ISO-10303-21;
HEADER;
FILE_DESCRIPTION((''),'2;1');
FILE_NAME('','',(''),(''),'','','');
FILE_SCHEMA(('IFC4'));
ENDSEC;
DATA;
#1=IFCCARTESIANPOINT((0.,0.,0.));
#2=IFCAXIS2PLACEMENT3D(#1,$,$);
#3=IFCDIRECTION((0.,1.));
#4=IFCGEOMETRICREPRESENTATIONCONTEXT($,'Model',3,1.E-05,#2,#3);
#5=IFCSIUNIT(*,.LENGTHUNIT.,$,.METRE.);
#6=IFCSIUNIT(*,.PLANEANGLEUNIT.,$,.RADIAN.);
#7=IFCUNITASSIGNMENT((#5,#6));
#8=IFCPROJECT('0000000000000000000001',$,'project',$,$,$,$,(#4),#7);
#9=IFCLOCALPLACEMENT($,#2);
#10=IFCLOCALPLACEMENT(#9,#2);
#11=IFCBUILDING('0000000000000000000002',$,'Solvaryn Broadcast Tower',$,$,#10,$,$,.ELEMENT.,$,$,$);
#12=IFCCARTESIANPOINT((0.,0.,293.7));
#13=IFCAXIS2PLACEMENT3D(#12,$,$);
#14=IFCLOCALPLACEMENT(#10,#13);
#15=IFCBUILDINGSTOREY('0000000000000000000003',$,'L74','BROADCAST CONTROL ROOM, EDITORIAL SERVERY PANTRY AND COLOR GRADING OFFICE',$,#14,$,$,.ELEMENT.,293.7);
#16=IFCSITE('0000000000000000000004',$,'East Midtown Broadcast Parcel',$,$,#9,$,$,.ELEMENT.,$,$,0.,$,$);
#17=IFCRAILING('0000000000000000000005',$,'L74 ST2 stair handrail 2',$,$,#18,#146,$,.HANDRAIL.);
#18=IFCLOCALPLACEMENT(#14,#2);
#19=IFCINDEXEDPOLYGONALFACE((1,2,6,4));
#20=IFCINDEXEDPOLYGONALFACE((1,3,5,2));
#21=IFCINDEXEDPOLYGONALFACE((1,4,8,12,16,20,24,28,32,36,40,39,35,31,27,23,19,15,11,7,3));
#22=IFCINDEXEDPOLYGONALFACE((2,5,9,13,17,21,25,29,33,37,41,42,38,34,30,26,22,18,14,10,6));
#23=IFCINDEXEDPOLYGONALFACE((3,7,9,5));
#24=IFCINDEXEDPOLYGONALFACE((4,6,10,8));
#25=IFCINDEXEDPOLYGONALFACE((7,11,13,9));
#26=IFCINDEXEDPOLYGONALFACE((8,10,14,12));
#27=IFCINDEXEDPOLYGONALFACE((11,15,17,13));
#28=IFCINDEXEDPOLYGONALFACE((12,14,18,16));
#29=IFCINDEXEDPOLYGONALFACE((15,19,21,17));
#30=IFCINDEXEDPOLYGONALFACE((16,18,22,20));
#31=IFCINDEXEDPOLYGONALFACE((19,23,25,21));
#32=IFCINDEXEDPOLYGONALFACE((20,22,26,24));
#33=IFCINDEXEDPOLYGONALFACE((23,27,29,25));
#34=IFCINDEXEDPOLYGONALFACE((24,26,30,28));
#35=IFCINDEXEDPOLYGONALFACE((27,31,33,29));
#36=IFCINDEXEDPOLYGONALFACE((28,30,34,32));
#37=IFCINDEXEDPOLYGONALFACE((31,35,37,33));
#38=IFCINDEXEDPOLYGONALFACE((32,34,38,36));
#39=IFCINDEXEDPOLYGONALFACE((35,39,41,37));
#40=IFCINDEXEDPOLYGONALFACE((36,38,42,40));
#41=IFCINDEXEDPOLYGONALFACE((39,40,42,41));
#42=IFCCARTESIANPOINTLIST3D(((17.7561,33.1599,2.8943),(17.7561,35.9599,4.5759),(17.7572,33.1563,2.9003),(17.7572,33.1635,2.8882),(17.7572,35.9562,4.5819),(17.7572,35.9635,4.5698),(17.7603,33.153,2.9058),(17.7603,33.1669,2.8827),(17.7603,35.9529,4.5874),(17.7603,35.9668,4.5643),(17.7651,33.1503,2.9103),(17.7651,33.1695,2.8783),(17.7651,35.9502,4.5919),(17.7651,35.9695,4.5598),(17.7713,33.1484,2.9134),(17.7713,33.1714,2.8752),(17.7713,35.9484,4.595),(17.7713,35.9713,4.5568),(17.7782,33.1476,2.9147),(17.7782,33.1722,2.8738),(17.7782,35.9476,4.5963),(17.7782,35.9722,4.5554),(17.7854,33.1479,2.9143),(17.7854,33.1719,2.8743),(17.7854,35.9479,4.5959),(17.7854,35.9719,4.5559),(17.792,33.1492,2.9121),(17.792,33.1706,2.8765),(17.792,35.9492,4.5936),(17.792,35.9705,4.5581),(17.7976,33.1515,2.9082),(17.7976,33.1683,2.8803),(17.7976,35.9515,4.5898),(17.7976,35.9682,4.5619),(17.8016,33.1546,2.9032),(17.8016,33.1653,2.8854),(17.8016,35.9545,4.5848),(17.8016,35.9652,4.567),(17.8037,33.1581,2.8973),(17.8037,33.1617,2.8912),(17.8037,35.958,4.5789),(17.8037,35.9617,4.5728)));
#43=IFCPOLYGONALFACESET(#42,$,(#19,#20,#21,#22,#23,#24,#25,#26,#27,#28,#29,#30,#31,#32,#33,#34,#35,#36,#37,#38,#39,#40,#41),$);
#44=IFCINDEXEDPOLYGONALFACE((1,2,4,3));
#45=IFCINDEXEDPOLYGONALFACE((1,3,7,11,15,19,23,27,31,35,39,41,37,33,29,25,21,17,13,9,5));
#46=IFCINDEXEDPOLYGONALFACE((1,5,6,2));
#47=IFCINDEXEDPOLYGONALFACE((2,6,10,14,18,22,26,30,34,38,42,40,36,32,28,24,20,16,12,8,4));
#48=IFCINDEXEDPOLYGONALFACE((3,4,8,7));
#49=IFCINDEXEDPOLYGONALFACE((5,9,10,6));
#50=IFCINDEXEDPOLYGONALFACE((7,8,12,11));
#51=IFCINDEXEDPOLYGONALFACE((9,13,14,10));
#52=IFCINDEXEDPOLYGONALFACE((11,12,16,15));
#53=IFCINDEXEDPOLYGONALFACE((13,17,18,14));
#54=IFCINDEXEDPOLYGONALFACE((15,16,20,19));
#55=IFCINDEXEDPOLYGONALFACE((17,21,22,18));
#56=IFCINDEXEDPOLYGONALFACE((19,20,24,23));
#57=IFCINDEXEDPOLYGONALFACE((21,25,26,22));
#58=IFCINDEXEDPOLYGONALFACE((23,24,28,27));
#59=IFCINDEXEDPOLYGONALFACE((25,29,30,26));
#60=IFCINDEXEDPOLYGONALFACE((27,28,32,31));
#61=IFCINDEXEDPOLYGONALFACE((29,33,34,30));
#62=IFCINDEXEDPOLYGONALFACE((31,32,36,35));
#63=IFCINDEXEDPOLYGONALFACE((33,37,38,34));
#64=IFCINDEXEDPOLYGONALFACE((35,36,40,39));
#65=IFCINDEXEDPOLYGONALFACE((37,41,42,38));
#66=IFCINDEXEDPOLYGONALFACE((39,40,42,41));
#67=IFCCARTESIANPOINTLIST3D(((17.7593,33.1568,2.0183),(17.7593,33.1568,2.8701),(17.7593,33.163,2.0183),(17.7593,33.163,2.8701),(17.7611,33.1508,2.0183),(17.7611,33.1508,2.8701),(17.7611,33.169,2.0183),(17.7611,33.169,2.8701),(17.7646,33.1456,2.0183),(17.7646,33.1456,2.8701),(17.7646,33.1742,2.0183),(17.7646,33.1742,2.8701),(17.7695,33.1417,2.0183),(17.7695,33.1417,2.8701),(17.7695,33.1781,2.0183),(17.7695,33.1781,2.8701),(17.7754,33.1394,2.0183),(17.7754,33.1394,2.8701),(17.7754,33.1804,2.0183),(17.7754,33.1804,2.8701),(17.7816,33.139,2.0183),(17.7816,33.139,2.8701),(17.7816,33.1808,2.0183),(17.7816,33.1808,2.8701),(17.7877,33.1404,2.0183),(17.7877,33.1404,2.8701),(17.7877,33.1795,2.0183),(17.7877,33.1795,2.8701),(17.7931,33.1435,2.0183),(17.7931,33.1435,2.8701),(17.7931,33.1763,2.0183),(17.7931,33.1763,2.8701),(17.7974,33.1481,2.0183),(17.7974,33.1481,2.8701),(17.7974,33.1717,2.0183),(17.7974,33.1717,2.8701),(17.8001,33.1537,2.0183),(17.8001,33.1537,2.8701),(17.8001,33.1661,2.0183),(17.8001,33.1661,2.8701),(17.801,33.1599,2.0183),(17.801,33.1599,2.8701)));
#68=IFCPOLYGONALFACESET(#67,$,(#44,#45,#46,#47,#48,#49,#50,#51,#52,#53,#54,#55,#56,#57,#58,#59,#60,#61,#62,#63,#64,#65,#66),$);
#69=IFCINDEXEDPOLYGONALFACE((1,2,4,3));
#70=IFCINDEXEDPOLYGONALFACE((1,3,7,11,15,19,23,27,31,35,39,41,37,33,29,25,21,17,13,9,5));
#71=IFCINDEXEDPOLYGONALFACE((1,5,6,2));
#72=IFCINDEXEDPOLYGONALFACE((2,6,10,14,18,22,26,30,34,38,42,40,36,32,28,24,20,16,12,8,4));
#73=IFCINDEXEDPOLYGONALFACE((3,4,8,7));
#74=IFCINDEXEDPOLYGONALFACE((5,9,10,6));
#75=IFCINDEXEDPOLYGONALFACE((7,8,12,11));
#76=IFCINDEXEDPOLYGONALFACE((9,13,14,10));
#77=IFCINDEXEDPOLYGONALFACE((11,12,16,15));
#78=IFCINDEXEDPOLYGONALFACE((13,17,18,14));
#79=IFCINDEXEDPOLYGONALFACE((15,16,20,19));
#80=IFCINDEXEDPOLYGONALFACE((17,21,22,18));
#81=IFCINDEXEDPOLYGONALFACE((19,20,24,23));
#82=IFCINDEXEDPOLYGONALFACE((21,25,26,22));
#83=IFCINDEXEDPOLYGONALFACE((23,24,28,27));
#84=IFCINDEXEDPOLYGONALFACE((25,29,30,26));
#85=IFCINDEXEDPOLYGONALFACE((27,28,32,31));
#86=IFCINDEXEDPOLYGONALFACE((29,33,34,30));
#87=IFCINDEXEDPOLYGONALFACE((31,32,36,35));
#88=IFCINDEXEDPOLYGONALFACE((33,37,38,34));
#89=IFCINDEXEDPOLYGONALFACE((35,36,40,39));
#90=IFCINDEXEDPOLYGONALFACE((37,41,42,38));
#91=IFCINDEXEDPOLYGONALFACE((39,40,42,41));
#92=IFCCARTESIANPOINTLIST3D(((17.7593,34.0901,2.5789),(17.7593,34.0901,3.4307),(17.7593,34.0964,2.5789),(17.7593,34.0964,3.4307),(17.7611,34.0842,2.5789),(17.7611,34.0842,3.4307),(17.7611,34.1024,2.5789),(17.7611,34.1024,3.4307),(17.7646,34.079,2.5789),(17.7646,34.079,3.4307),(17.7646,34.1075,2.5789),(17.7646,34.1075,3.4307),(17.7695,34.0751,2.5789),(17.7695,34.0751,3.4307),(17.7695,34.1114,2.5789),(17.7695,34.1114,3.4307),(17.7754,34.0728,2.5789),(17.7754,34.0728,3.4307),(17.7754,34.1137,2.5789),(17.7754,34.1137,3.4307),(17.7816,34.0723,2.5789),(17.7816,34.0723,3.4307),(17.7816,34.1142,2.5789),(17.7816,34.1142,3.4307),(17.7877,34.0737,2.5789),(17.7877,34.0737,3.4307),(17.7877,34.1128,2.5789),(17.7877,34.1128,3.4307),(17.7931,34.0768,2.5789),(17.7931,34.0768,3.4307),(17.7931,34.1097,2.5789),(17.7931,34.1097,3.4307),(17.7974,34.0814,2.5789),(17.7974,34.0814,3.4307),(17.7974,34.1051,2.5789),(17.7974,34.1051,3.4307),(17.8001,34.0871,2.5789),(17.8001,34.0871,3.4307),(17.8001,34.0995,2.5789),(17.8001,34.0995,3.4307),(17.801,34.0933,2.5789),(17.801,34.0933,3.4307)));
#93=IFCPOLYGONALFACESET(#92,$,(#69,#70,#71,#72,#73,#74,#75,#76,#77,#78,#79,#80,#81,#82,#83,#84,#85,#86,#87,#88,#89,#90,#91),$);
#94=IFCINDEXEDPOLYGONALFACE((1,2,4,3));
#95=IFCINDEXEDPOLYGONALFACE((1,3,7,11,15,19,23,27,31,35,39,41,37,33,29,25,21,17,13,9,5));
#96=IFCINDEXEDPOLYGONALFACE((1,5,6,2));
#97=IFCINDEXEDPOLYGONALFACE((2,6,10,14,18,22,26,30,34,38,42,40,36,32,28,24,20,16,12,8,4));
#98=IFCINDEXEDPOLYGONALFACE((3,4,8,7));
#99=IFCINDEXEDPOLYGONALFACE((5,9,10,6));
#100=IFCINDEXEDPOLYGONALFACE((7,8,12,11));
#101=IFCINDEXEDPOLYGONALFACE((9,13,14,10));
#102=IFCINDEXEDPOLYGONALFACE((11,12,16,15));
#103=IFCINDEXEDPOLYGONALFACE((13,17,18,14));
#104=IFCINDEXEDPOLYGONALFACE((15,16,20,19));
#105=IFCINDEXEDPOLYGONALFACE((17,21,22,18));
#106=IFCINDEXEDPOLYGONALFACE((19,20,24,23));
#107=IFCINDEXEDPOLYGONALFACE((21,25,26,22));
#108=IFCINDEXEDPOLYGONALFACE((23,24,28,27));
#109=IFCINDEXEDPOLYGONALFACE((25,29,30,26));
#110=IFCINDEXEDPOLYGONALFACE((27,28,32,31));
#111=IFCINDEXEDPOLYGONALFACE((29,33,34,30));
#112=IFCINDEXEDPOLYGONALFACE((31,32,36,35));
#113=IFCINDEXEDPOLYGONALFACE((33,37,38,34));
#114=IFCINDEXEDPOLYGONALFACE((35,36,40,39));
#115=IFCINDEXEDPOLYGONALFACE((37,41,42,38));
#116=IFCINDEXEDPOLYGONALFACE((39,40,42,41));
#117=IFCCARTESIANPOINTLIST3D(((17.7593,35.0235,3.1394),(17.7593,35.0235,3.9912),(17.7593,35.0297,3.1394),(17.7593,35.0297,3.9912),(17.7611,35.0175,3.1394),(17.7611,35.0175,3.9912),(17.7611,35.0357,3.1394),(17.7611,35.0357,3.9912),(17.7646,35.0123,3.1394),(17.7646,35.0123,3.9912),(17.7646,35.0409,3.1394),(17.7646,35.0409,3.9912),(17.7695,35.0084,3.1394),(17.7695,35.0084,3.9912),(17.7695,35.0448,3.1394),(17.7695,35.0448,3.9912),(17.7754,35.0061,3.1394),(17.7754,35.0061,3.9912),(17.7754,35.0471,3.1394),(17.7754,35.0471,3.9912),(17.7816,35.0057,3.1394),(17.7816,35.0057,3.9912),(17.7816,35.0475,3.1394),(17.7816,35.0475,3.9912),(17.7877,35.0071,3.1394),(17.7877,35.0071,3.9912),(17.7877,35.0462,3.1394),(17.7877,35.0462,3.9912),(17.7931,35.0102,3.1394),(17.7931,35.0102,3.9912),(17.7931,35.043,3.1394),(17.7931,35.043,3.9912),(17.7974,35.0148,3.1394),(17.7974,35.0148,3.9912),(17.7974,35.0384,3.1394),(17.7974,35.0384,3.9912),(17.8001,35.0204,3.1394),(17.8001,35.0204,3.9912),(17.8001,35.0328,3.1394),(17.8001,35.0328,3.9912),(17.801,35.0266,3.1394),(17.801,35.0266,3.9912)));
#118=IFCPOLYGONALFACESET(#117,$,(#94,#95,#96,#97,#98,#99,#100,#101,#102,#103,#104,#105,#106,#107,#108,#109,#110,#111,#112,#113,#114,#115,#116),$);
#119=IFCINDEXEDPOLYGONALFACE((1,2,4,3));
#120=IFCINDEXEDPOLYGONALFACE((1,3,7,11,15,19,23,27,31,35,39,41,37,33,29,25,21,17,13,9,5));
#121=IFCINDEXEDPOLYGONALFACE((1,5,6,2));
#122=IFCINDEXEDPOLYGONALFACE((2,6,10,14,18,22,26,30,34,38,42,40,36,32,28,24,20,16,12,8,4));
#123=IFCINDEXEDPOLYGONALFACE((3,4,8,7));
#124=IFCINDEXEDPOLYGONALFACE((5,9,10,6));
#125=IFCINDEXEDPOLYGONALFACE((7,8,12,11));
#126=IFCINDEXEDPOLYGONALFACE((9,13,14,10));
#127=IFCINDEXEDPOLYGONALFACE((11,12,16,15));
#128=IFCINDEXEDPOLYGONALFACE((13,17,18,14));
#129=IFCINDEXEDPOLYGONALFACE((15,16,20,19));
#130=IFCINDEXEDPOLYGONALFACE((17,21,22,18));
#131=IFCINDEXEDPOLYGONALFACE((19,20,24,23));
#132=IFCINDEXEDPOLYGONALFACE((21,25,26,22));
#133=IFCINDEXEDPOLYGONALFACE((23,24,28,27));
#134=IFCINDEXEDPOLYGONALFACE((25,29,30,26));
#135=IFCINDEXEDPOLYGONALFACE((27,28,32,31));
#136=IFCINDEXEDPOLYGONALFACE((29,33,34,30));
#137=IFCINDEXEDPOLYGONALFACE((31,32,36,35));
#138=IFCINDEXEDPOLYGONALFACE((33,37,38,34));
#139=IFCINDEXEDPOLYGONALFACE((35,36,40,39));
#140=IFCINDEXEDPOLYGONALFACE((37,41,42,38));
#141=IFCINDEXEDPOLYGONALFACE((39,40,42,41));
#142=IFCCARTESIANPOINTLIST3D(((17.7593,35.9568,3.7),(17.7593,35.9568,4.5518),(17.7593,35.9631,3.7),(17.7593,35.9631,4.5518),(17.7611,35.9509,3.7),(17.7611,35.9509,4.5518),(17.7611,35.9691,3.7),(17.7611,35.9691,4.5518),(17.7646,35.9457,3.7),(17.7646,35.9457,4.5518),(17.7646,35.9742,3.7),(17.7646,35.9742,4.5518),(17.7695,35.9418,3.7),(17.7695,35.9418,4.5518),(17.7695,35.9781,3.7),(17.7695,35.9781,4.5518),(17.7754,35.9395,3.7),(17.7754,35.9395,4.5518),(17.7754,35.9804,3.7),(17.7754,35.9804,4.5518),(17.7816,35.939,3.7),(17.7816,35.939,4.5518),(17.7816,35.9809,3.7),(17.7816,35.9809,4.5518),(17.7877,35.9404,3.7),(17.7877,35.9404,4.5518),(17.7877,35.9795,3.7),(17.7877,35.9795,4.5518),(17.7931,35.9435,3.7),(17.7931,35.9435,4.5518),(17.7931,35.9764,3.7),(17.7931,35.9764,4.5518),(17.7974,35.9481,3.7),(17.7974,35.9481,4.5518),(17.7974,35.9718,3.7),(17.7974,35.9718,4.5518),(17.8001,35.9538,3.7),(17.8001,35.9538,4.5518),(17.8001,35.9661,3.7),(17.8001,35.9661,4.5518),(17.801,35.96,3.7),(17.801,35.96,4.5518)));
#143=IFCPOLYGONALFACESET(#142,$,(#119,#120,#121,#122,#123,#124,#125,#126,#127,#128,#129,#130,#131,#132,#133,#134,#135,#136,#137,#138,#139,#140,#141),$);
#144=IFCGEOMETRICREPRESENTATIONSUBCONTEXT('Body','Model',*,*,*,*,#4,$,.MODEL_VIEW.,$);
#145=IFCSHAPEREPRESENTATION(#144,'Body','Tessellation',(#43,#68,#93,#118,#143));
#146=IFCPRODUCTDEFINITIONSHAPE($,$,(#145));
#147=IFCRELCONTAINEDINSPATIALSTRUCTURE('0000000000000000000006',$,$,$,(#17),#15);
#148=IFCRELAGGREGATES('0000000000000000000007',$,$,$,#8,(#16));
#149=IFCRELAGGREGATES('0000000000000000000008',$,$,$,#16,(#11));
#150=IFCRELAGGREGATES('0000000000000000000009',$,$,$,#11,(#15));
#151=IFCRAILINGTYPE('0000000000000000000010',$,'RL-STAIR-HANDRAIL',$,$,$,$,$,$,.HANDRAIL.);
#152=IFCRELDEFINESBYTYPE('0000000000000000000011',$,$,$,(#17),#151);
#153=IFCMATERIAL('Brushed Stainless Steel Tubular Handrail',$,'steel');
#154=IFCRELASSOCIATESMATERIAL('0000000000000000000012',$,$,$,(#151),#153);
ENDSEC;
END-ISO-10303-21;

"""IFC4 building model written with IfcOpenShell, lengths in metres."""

from ifc_helpers import new_model, si_unit, direction, frame, origin, origin_2d, place, context, subcontext, project, spatial, circle, extrude, material, type_object, element, save


model = new_model("IFC4")

# Units and contexts
model_context = context("Model", 3, precision=1e-05, world=origin(), true_north=direction((0.0, 1.0)))
body_context = subcontext(model_context, "Body", "Model", "MODEL_VIEW")
ifc_project = project(units=[si_unit("LENGTHUNIT", "METRE"), si_unit("PLANEANGLEUNIT", "RADIAN")], contexts=[model_context])

# Site, building, storey
site_placement = place(None, origin())
site = spatial("IfcSite", under=ifc_project, at=site_placement, Name="East Midtown Broadcast Parcel", CompositionType="ELEMENT", RefElevation=0.0)
building_placement = place(site_placement, origin())
building = spatial("IfcBuilding", under=site, at=building_placement, Name="Solvaryn Broadcast Tower", CompositionType="ELEMENT")
storey_placement = place(building_placement, frame((0.0, 0.0, 293.7)))
storey = spatial("IfcBuildingStorey", under=building, at=storey_placement, Name="L74", Description="BROADCAST CONTROL ROOM, EDITORIAL SERVERY PANTRY AND COLOR GRADING OFFICE", CompositionType="ELEMENT", Elevation=293.7)

# Railing
ifc_material_1 = material(Name="Brushed Stainless Steel Tubular Handrail", Category="steel")
railing_type_1 = type_object("IfcRailingType", Name="RL-STAIR-HANDRAIL", PredefinedType="HANDRAIL", material=ifc_material_1)
railing_1_placement = place(storey_placement, frame((17.78, 33.1599, 2.0183)))
element("IfcRailing", 1, at=railing_1_placement, inside=storey, type_object=railing_type_1, Name="L74 ST2 stair handrail 2", PredefinedType="HANDRAIL", context=body_context, shape_type="SweptSolid", body=[
    extrude(circle(Radius=0.0239, at=origin_2d()), frame((0.0, 0.0, 0.876), z_axis=(0.0, 0.857275, 0.514858), x_axis=(-1.0, 0.0, 0.0)), (0.0, 0.0, 1.0), 3.2661),
    extrude(circle(Radius=0.021, at=origin_2d()), origin(), (0.0, 0.0, 1.0), 0.8518),
    extrude(circle(Radius=0.021, at=origin_2d()), frame((0.0, 0.9333, 0.5605)), (0.0, 0.0, 1.0), 0.8518),
    extrude(circle(Radius=0.021, at=origin_2d()), frame((0.0, 1.8667, 1.1211)), (0.0, 0.0, 1.0), 0.8518),
    extrude(circle(Radius=0.021, at=origin_2d()), frame((0.0, 2.8, 1.6816)), (0.0, 0.0, 1.0), 0.8518),
])

save(model, "model.ifc")
